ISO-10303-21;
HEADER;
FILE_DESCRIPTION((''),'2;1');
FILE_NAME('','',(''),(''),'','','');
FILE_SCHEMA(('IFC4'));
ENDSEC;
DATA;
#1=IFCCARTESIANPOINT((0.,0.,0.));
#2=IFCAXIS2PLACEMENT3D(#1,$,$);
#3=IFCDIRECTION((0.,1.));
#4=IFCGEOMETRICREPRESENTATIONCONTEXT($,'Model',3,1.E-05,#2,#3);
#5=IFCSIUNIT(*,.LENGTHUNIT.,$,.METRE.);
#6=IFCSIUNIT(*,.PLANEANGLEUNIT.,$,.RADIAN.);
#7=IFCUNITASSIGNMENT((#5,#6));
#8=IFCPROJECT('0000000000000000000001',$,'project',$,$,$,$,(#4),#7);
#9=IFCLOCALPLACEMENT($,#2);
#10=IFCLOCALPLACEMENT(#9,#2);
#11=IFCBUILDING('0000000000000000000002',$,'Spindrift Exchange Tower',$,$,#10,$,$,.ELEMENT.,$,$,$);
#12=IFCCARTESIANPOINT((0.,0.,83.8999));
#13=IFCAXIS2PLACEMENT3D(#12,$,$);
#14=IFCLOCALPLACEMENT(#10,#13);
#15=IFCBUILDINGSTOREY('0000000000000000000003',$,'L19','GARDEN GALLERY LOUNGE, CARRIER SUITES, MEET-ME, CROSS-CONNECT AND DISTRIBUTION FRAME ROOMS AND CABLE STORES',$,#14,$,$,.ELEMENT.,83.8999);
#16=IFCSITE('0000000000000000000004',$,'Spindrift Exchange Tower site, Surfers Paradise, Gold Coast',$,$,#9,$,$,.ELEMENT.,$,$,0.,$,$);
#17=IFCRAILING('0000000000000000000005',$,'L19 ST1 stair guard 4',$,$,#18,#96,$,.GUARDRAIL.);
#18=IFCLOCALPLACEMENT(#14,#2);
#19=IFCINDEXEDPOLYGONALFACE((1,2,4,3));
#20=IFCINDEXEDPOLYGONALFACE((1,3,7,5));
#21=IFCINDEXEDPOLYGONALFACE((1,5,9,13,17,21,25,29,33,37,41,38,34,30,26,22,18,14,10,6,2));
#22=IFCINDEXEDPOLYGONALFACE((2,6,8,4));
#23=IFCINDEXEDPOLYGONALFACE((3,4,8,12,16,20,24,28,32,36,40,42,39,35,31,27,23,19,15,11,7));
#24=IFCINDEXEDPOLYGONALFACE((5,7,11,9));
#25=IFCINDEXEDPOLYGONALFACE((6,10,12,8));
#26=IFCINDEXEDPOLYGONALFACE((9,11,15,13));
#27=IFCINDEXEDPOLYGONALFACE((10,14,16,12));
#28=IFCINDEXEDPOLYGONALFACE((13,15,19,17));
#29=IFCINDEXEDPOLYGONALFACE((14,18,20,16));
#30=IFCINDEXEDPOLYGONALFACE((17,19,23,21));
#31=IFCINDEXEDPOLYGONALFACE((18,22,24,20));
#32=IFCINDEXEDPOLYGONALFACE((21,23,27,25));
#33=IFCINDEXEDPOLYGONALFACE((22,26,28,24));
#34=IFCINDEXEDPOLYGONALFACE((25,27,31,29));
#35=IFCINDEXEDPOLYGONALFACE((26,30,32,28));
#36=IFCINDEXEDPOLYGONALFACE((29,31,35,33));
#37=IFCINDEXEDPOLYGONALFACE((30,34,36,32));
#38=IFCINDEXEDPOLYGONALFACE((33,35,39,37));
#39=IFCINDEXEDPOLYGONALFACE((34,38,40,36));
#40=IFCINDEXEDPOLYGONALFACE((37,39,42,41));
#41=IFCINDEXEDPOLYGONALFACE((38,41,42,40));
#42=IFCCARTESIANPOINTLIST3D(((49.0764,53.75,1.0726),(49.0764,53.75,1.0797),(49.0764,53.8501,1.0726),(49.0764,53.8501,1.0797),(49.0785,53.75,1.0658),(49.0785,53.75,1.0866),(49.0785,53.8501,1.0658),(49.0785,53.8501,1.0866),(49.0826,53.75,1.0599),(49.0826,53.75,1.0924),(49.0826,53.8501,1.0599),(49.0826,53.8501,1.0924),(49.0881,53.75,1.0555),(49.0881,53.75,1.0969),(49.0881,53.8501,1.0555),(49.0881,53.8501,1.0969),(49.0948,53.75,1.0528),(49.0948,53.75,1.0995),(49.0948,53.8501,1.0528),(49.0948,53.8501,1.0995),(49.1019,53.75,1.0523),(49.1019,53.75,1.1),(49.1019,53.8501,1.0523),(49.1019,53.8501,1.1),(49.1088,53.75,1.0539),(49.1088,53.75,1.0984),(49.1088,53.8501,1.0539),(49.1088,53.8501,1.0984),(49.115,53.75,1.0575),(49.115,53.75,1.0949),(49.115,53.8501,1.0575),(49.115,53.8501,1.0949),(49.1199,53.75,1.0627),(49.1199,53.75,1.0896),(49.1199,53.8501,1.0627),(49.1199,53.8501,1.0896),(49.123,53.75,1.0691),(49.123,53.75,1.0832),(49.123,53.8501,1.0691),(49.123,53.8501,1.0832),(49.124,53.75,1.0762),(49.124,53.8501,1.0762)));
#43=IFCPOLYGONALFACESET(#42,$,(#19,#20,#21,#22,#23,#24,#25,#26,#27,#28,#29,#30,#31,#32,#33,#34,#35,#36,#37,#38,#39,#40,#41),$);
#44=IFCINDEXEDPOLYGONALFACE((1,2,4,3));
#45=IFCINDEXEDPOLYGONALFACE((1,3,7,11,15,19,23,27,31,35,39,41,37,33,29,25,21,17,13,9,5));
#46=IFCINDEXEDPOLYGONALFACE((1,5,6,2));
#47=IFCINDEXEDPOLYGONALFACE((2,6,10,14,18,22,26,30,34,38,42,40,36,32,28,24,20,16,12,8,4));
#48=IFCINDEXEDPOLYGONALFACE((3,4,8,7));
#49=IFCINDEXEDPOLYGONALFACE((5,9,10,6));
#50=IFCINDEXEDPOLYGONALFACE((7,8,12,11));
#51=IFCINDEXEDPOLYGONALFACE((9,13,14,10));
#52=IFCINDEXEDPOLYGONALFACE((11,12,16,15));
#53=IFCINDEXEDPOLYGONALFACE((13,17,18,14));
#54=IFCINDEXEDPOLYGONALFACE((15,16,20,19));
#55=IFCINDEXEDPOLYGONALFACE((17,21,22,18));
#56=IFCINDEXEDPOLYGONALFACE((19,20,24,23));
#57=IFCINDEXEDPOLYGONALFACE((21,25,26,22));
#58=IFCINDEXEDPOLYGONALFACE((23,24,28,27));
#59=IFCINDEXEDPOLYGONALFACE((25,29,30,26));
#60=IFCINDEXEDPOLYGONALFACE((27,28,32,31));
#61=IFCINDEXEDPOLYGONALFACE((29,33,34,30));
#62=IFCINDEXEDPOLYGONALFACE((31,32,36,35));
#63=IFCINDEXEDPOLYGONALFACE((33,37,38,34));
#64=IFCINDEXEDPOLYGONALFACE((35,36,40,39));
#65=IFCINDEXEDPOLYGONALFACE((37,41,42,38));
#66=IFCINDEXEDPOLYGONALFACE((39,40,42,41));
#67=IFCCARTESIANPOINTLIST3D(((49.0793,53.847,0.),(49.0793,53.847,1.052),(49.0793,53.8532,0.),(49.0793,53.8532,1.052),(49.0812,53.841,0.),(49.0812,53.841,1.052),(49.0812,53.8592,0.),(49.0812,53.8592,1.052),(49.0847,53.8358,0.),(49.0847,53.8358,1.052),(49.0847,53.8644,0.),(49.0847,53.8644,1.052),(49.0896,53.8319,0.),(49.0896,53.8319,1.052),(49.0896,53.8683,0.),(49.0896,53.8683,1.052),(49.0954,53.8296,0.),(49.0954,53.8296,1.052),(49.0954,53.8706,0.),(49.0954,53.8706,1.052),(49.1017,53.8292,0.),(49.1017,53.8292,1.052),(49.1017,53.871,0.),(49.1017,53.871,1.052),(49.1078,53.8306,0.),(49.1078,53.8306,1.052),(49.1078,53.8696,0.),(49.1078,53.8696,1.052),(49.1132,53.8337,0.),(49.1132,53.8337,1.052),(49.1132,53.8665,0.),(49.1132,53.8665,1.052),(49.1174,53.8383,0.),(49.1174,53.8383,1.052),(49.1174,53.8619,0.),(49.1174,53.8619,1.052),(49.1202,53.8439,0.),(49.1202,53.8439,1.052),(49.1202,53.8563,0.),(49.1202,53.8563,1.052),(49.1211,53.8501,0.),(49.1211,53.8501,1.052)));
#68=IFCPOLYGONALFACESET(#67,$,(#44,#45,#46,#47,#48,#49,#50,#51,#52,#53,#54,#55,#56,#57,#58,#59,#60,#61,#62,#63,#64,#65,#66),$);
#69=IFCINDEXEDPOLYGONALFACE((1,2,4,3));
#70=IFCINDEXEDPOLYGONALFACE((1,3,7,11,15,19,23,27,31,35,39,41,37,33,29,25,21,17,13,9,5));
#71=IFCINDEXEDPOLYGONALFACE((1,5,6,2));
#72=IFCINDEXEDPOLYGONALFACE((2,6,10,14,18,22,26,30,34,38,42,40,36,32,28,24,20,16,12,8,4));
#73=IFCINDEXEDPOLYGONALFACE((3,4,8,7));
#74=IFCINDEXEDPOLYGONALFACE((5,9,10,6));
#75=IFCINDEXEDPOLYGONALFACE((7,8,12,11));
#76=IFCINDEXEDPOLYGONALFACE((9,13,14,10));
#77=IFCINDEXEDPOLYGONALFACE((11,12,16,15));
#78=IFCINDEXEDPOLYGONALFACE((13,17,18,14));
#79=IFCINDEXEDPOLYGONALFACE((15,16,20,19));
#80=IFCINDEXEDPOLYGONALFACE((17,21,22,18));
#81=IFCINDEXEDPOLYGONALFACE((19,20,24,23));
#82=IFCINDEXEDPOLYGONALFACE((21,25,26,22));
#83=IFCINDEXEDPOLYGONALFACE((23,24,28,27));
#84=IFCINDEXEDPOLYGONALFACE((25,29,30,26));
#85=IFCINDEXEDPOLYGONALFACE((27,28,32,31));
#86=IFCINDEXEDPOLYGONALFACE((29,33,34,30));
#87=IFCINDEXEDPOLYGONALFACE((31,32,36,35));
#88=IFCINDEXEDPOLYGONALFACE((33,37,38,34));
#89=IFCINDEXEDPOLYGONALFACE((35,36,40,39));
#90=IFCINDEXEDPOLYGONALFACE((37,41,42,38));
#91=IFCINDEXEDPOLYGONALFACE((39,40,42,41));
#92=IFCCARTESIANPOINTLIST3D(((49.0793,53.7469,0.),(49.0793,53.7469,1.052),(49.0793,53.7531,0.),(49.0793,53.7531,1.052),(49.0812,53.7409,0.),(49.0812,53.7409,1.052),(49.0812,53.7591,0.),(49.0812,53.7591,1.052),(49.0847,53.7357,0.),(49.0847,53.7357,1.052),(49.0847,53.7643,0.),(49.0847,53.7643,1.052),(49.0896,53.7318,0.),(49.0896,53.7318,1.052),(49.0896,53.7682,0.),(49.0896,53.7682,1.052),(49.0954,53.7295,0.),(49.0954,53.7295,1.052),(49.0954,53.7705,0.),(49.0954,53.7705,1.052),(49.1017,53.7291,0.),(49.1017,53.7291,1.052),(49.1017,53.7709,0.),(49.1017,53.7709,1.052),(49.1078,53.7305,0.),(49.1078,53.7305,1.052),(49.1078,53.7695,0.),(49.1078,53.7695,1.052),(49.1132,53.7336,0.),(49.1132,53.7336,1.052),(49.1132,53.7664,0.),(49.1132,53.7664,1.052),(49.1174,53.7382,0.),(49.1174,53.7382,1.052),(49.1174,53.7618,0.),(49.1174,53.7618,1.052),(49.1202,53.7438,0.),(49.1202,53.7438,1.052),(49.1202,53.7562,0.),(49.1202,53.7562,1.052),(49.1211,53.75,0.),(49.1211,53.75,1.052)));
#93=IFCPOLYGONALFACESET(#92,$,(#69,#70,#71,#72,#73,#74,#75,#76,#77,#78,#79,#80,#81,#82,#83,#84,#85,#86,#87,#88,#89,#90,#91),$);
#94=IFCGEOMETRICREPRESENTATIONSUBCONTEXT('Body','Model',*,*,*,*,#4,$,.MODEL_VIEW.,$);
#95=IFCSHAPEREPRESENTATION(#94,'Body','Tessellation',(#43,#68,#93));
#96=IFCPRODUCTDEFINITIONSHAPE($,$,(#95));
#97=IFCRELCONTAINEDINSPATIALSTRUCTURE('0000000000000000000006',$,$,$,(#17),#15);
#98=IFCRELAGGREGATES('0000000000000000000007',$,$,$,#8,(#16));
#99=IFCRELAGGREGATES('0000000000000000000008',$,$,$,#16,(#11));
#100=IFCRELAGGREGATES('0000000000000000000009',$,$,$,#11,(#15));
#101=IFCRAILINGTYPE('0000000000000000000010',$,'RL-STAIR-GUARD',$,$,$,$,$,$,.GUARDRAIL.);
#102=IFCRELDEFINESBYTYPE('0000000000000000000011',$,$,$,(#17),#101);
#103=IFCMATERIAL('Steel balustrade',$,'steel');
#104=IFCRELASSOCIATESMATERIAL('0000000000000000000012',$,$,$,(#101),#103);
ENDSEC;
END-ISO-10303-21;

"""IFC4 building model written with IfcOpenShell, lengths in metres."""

from ifc_helpers import new_model, si_unit, direction, frame, origin, origin_2d, place, context, subcontext, project, spatial, circle, extrude, material, type_object, element, save


model = new_model("IFC4")

# Units and contexts
model_context = context("Model", 3, precision=1e-05, world=origin(), true_north=direction((0.0, 1.0)))
body_context = subcontext(model_context, "Body", "Model", "MODEL_VIEW")
ifc_project = project(units=[si_unit("LENGTHUNIT", "METRE"), si_unit("PLANEANGLEUNIT", "RADIAN")], contexts=[model_context])

# Site, building, storey
site_placement = place(None, origin())
site = spatial("IfcSite", under=ifc_project, at=site_placement, Name="Spindrift Exchange Tower site, Surfers Paradise, Gold Coast", CompositionType="ELEMENT", RefElevation=0.0)
building_placement = place(site_placement, origin())
building = spatial("IfcBuilding", under=site, at=building_placement, Name="Spindrift Exchange Tower", CompositionType="ELEMENT")
storey_placement = place(building_placement, frame((0.0, 0.0, 83.8999)))
storey = spatial("IfcBuildingStorey", under=building, at=storey_placement, Name="L19", Description="GARDEN GALLERY LOUNGE, CARRIER SUITES, MEET-ME, CROSS-CONNECT AND DISTRIBUTION FRAME ROOMS AND CABLE STORES", CompositionType="ELEMENT", Elevation=83.8999)

# Railing
ifc_material_1 = material(Name="Steel balustrade", Category="steel")
railing_type_1 = type_object("IfcRailingType", Name="RL-STAIR-GUARD", PredefinedType="GUARDRAIL", material=ifc_material_1)
railing_1_placement = place(storey_placement, frame((49.1001, 53.8501, 0.0)))
element("IfcRailing", 1, at=railing_1_placement, inside=storey, type_object=railing_type_1, Name="L19 ST1 stair guard 4", PredefinedType="GUARDRAIL", context=body_context, shape_type="SweptSolid", body=[
    extrude(circle(Radius=0.0239, at=origin_2d()), frame((0.0, 0.0, 1.0762), z_axis=(0.0, -1.0, 0.0), x_axis=(1.0, 0.0, 0.0)), (0.0, 0.0, 1.0), 0.1001),
    extrude(circle(Radius=0.021, at=origin_2d()), origin(), (0.0, 0.0, 1.0), 1.052),
    extrude(circle(Radius=0.021, at=origin_2d()), frame((0.0, -0.1001, 0.0)), (0.0, 0.0, 1.0), 1.052),
])

save(model, "model.ifc")
